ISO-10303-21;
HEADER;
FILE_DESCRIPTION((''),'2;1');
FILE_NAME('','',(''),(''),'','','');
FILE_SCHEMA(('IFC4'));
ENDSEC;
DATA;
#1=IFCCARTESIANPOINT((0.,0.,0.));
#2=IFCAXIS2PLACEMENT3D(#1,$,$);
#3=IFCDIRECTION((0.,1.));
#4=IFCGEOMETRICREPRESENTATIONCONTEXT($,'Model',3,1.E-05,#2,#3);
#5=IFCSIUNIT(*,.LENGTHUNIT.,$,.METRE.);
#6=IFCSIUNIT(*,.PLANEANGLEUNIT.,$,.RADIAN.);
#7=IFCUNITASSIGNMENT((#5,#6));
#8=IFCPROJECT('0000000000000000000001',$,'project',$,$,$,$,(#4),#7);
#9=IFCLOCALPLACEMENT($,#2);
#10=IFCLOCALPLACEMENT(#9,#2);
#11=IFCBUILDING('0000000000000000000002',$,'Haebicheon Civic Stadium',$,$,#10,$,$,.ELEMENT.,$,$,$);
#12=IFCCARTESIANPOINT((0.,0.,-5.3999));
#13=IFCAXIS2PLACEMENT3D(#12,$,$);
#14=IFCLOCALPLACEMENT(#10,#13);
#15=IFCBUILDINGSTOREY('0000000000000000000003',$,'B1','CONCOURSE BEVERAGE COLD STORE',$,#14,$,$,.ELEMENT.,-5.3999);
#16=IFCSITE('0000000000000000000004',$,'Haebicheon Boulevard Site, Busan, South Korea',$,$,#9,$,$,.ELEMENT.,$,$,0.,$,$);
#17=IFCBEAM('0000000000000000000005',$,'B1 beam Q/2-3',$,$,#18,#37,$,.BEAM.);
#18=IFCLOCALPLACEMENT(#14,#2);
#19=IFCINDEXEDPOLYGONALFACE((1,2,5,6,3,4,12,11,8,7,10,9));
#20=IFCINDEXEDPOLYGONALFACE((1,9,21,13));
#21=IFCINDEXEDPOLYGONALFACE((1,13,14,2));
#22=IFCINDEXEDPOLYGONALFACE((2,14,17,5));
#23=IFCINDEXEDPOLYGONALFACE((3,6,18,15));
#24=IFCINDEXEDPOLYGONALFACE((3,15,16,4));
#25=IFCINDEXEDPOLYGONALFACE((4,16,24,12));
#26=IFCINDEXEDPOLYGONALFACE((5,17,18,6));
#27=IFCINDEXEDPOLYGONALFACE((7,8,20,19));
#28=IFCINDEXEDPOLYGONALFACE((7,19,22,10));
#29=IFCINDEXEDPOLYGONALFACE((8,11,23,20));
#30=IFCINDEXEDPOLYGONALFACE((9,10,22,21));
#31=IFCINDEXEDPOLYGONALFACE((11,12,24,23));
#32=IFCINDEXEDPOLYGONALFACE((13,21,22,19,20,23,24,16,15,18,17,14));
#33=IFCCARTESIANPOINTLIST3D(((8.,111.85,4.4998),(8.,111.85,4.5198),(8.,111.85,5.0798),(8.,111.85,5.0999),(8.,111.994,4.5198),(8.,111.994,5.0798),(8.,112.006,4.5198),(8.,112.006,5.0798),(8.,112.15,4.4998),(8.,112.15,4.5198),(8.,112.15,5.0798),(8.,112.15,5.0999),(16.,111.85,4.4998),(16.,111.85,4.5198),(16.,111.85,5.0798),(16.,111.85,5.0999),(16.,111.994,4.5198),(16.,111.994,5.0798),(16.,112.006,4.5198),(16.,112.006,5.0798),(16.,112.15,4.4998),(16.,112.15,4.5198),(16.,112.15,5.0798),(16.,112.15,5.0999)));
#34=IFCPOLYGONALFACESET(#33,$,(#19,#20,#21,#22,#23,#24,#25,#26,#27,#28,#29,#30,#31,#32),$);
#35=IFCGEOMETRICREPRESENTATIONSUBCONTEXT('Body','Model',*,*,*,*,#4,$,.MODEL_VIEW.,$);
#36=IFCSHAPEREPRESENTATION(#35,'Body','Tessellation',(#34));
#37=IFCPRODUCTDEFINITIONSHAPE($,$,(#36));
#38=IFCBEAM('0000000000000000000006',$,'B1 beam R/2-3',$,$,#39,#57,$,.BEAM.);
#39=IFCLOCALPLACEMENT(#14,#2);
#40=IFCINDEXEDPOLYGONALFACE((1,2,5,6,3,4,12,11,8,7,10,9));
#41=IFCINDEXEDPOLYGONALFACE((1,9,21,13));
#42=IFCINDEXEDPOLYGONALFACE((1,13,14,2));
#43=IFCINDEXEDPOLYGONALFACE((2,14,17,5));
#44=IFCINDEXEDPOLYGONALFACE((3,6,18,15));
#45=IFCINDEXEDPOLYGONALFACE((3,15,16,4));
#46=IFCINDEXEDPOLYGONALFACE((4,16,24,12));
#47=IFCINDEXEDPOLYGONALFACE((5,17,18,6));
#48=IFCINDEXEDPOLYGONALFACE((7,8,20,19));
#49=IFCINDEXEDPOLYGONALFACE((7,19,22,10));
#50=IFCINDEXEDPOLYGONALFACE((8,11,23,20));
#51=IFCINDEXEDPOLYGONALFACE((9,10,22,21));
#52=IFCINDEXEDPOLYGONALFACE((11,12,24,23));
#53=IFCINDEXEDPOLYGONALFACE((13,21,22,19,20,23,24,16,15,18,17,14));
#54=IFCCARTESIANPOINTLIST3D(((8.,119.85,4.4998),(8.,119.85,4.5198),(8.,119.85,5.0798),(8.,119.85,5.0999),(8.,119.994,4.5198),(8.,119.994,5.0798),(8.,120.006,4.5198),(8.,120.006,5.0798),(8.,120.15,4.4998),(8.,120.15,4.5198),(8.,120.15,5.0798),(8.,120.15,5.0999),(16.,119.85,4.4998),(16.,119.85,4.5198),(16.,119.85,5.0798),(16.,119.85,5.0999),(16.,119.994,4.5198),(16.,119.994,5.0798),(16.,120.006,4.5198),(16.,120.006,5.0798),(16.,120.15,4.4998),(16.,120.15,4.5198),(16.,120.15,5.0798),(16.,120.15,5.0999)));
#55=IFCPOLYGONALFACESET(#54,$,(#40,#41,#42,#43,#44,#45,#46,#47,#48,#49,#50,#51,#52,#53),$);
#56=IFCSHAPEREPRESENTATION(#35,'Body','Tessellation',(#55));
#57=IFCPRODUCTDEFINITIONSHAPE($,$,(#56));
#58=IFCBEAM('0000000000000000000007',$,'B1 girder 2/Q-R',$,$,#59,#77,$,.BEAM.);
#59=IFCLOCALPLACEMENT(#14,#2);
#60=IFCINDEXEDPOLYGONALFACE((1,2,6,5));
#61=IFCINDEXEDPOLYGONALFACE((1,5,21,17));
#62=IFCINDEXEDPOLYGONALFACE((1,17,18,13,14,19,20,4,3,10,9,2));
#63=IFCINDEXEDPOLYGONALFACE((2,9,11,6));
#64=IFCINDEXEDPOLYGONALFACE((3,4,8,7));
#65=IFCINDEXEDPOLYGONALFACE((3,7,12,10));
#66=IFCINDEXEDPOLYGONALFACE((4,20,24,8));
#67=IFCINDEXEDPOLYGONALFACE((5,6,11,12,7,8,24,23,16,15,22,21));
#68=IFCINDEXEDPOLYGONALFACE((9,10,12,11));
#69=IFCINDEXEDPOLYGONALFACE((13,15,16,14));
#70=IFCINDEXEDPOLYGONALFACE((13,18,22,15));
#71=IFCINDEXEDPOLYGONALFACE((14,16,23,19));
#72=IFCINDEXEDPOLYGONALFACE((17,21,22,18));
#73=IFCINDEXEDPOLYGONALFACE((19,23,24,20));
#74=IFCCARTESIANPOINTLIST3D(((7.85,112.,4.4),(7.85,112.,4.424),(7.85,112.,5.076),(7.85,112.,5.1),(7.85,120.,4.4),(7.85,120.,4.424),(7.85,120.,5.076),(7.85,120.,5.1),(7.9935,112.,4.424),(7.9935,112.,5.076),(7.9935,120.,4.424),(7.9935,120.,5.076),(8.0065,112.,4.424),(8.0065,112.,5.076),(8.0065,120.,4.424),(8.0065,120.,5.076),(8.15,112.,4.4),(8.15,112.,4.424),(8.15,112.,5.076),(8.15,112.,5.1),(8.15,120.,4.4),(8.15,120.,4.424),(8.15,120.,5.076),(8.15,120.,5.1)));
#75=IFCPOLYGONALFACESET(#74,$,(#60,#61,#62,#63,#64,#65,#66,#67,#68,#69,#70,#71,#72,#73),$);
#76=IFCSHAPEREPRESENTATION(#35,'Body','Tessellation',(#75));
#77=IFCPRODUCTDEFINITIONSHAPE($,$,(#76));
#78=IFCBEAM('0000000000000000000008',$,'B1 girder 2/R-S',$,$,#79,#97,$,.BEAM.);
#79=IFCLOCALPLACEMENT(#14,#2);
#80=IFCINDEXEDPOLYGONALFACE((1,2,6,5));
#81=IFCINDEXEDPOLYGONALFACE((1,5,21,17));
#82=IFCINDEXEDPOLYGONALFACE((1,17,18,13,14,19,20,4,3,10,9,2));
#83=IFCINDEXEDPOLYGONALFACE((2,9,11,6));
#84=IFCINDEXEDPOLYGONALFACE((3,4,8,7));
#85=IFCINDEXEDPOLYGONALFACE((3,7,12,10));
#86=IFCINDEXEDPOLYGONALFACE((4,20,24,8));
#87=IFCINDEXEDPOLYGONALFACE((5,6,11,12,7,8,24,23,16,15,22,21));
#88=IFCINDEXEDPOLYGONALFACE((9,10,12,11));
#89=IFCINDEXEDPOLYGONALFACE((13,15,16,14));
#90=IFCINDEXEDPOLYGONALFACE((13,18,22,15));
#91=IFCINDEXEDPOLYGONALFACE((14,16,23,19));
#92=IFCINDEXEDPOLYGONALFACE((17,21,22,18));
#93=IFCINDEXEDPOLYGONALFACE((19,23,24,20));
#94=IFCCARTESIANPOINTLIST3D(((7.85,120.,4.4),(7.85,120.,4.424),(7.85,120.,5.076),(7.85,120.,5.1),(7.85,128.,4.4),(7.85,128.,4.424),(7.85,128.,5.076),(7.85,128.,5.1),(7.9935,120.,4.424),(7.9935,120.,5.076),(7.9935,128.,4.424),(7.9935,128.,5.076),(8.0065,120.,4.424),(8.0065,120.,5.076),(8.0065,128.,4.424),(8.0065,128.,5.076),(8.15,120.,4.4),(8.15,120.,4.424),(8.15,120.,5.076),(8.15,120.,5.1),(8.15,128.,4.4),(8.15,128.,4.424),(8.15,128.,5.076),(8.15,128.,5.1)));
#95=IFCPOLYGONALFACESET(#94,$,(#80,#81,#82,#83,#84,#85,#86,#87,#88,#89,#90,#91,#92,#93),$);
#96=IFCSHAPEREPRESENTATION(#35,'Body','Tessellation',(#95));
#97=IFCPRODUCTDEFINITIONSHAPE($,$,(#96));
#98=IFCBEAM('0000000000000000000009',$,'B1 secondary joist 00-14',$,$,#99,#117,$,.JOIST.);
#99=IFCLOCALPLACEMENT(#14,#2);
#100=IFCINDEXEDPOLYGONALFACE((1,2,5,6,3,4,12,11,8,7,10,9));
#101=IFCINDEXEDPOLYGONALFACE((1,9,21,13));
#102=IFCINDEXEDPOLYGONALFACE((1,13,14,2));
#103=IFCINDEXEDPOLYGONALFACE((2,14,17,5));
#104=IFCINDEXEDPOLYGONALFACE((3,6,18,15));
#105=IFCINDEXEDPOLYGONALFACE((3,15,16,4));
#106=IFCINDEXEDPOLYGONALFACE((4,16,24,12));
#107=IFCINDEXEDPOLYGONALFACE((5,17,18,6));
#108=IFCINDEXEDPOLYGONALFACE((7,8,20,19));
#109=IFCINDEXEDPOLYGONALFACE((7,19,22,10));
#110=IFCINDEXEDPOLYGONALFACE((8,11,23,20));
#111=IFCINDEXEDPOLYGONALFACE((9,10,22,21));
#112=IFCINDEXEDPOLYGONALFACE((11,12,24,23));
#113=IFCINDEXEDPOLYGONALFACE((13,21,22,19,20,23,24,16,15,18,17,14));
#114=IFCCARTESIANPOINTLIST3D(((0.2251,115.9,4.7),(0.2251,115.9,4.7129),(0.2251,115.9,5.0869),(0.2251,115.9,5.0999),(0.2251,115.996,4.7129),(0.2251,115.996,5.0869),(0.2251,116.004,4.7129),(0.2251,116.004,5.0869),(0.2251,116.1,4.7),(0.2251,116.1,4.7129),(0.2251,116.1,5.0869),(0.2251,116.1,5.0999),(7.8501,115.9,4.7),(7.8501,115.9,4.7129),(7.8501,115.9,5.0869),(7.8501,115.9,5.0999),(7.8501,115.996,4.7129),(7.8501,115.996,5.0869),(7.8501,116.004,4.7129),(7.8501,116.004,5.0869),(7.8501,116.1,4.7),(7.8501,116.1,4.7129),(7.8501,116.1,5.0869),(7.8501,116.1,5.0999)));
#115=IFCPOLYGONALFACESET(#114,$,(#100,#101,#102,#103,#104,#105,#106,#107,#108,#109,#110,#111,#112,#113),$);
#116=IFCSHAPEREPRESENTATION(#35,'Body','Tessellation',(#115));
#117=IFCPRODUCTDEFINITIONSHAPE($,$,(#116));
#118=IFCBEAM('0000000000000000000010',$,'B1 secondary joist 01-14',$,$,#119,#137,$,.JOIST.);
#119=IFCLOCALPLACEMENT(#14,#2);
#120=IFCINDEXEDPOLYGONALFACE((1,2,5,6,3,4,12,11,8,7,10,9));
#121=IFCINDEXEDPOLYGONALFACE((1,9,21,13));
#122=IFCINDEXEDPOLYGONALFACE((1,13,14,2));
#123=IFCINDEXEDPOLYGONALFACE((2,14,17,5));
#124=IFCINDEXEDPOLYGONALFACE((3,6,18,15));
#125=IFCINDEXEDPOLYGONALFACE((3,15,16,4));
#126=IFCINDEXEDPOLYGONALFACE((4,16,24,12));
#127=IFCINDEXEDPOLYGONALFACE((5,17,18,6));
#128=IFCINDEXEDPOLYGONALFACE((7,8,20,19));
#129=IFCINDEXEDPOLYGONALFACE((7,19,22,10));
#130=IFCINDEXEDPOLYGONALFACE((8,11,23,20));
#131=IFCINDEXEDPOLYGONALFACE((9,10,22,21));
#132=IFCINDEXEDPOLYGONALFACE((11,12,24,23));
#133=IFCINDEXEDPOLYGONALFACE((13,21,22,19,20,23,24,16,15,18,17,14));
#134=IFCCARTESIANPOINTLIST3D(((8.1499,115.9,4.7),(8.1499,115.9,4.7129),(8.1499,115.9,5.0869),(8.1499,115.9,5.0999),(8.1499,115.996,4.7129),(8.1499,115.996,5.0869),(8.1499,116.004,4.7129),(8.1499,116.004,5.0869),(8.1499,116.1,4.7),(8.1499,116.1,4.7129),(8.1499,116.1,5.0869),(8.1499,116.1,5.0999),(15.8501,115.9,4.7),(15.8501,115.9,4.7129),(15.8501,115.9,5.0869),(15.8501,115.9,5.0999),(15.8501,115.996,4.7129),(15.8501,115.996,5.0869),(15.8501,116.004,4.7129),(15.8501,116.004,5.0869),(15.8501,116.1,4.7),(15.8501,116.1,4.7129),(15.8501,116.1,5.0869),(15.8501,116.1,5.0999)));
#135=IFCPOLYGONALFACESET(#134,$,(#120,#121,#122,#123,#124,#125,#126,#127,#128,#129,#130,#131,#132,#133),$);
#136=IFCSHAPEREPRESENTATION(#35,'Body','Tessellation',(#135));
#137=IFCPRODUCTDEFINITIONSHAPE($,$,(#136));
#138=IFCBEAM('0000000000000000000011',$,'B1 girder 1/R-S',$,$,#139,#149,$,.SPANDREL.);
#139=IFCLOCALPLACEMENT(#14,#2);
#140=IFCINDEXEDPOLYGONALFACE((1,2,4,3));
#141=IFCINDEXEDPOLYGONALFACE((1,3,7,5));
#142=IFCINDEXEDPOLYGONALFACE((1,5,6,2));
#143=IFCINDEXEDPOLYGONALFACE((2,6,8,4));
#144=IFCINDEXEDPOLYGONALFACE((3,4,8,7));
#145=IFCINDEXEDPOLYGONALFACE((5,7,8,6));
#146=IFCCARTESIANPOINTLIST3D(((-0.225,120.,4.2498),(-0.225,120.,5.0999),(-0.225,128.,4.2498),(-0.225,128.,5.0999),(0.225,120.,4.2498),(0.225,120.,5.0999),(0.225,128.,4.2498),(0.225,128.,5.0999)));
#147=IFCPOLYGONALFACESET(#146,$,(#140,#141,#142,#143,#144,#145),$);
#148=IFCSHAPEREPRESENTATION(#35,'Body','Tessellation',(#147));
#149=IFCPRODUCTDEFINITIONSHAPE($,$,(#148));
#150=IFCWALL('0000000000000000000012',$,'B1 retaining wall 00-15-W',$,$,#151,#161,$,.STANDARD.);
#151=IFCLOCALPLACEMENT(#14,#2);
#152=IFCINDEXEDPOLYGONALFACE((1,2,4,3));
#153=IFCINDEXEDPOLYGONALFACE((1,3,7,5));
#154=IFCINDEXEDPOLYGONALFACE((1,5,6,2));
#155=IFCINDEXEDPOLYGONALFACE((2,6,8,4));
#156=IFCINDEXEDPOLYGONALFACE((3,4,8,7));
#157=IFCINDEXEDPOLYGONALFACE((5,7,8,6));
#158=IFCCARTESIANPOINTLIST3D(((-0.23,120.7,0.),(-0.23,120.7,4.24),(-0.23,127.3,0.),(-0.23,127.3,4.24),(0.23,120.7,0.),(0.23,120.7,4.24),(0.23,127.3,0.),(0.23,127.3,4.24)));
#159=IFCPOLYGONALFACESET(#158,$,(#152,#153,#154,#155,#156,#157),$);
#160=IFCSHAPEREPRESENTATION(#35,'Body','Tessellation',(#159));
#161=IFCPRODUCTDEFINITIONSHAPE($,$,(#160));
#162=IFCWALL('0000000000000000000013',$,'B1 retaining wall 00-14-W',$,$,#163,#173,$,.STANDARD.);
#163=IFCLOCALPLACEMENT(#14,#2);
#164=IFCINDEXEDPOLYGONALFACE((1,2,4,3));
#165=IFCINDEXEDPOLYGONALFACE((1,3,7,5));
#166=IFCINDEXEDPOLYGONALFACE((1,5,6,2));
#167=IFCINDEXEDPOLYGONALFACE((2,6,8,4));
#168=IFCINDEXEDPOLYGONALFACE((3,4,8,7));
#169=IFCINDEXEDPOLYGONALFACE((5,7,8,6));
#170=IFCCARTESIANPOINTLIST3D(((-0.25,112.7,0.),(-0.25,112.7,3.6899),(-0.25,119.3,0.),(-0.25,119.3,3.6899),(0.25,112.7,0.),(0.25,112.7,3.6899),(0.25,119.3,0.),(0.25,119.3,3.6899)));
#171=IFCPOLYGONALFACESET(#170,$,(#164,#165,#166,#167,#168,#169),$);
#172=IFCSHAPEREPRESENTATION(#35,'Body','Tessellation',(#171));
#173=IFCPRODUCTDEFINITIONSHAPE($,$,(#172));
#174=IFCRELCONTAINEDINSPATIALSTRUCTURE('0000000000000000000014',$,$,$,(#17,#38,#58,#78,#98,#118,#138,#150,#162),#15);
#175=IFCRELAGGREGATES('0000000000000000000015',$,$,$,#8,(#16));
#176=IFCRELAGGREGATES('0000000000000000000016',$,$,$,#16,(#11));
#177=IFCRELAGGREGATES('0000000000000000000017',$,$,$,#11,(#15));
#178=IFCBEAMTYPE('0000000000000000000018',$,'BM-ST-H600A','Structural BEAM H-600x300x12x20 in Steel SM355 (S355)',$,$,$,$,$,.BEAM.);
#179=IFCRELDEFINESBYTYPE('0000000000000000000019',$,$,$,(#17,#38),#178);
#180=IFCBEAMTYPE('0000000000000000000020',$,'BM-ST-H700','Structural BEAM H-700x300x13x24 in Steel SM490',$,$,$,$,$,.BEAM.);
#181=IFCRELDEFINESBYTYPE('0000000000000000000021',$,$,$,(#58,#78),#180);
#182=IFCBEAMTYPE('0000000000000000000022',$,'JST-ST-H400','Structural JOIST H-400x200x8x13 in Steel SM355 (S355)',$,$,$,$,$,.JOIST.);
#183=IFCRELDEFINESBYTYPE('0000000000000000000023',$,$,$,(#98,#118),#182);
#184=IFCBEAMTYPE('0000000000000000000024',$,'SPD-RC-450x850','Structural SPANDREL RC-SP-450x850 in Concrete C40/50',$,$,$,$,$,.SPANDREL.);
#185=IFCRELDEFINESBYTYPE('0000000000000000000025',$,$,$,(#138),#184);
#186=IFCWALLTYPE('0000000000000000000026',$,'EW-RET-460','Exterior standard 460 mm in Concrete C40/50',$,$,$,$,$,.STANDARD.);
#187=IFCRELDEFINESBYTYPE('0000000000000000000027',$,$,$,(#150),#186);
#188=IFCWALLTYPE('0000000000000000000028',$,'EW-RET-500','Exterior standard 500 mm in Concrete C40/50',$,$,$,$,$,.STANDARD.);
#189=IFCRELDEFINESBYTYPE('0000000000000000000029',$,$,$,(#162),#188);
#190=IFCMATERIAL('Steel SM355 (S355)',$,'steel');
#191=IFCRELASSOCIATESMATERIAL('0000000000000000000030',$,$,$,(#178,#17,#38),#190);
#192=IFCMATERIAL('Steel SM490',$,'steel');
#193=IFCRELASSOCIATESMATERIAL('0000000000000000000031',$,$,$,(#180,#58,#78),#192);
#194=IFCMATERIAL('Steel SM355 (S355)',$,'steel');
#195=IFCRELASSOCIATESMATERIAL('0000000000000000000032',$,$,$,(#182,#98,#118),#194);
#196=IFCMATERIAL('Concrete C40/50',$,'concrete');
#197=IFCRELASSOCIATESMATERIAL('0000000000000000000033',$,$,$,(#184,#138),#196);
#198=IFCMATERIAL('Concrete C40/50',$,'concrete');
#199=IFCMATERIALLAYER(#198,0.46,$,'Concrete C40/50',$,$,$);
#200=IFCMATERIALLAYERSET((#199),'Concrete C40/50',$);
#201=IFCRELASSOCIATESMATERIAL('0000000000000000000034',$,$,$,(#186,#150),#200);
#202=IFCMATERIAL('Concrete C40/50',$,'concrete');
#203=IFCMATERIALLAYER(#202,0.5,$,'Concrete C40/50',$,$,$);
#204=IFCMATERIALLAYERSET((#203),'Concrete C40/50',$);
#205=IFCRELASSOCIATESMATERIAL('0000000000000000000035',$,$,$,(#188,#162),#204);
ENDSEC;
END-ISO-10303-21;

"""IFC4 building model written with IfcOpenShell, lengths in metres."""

from ifc_helpers import new_model, si_unit, direction, frame, frame_2d, origin, origin_2d, place, context, subcontext, project, spatial, rectangle, i_section, extrude, material, layer, layer_set, material_profile, profile_set, type_object, element, save


model = new_model("IFC4")

# Units and contexts
model_context = context("Model", 3, precision=1e-05, world=origin(), true_north=direction((0.0, 1.0)))
body_context = subcontext(model_context, "Body", "Model", "MODEL_VIEW")
ifc_project = project(units=[si_unit("LENGTHUNIT", "METRE"), si_unit("PLANEANGLEUNIT", "RADIAN")], contexts=[model_context])

# Site, building, storey
site_placement = place(None, origin())
site = spatial("IfcSite", under=ifc_project, at=site_placement, Name="Haebicheon Boulevard Site, Busan, South Korea", CompositionType="ELEMENT", RefElevation=0.0)
building_placement = place(site_placement, origin())
building = spatial("IfcBuilding", under=site, at=building_placement, Name="Haebicheon Civic Stadium", CompositionType="ELEMENT")
storey_placement = place(building_placement, frame((0.0, 0.0, -5.3999)))
storey = spatial("IfcBuildingStorey", under=building, at=storey_placement, Name="B1", Description="CONCOURSE BEVERAGE COLD STORE", CompositionType="ELEMENT", Elevation=-5.3999)

# Beams
ifc_material_1 = material(Name="Steel SM355 (S355)", Category="steel")
ifc_material_profile_1 = material_profile(ifc_material_1, i_section(OverallWidth=0.3, OverallDepth=0.6001, WebThickness=0.012, FlangeThickness=0.02, at=origin_2d()), Name="H-600x300x12x20")
ifc_profile_set_1 = profile_set([ifc_material_profile_1], Name="Steel SM355 (S355)")
beam_type_1 = type_object("IfcBeamType", Name="BM-ST-H600A", Description="Structural BEAM H-600x300x12x20 in Steel SM355 (S355)", PredefinedType="BEAM", material=ifc_profile_set_1)
for number, where, z_axis, x_axis, name in (
    (1, (8.0, 112.0, 4.7998), (1.0, 0.0, 0.0), (0.0, 1.0, 0.0), "B1 beam Q/2-3"),
    (2, (8.0, 120.0, 4.7998), (1.0, 0.0, 0.0), (0.0, 1.0, 0.0), "B1 beam R/2-3"),
):
    element("IfcBeam", number, at=place(storey_placement, frame(where, z_axis=z_axis, x_axis=x_axis)), inside=storey, type_object=beam_type_1, material=ifc_profile_set_1, Name=name, PredefinedType="BEAM", context=body_context, shape_type="SweptSolid", body=[
        extrude(i_section(OverallWidth=0.3, OverallDepth=0.6001, WebThickness=0.012, FlangeThickness=0.02, at=origin_2d()), origin(), (0.0, 0.0, 1.0), 8.0),
    ])
ifc_material_2 = material(Name="Steel SM490", Category="steel")
ifc_material_profile_2 = material_profile(ifc_material_2, i_section(OverallWidth=0.3, OverallDepth=0.7, WebThickness=0.0129, FlangeThickness=0.0239, at=origin_2d()), Name="H-700x300x13x24")
ifc_profile_set_2 = profile_set([ifc_material_profile_2], Name="Steel SM490")
beam_type_2 = type_object("IfcBeamType", Name="BM-ST-H700", Description="Structural BEAM H-700x300x13x24 in Steel SM490", PredefinedType="BEAM", material=ifc_profile_set_2)
for number, where, z_axis, x_axis, name in (
    (3, (8.0, 112.0, 4.75), (0.0, 1.0, 0.0), (-1.0, 0.0, 0.0), "B1 girder 2/Q-R"),
    (4, (8.0, 120.0, 4.75), (0.0, 1.0, 0.0), (-1.0, 0.0, 0.0), "B1 girder 2/R-S"),
):
    element("IfcBeam", number, at=place(storey_placement, frame(where, z_axis=z_axis, x_axis=x_axis)), inside=storey, type_object=beam_type_2, material=ifc_profile_set_2, Name=name, PredefinedType="BEAM", context=body_context, shape_type="SweptSolid", body=[
        extrude(i_section(OverallWidth=0.3, OverallDepth=0.7, WebThickness=0.0129, FlangeThickness=0.0239, at=origin_2d()), origin(), (0.0, 0.0, 1.0), 8.0),
    ])
ifc_material_3 = material(Name="Steel SM355 (S355)", Category="steel")
ifc_material_profile_3 = material_profile(ifc_material_3, i_section(OverallWidth=0.2, OverallDepth=0.3999, WebThickness=0.0081, FlangeThickness=0.0129, at=origin_2d()), Name="H-400x200x8x13")
ifc_profile_set_3 = profile_set([ifc_material_profile_3], Name="Steel SM355 (S355)")
beam_type_3 = type_object("IfcBeamType", Name="JST-ST-H400", Description="Structural JOIST H-400x200x8x13 in Steel SM355 (S355)", PredefinedType="JOIST", material=ifc_profile_set_3)
beam_1_placement = place(storey_placement, frame((0.2251, 116.0, 4.8999), z_axis=(1.0, 0.0, 0.0), x_axis=(0.0, 1.0, 0.0)))
element("IfcBeam", 5, at=beam_1_placement, inside=storey, type_object=beam_type_3, material=ifc_profile_set_3, Name="B1 secondary joist 00-14", PredefinedType="JOIST", context=body_context, shape_type="SweptSolid", body=[
    extrude(i_section(OverallWidth=0.2, OverallDepth=0.3999, WebThickness=0.0081, FlangeThickness=0.0129, at=origin_2d()), origin(), (0.0, 0.0, 1.0), 7.625),
])
beam_2_placement = place(storey_placement, frame((8.1499, 116.0, 4.8999), z_axis=(1.0, 0.0, 0.0), x_axis=(0.0, 1.0, 0.0)))
element("IfcBeam", 6, at=beam_2_placement, inside=storey, type_object=beam_type_3, material=ifc_profile_set_3, Name="B1 secondary joist 01-14", PredefinedType="JOIST", context=body_context, shape_type="SweptSolid", body=[
    extrude(i_section(OverallWidth=0.2, OverallDepth=0.3999, WebThickness=0.0081, FlangeThickness=0.0129, at=origin_2d()), origin(), (0.0, 0.0, 1.0), 7.7002),
])
ifc_material_4 = material(Name="Concrete C40/50", Category="concrete")
ifc_material_profile_4 = material_profile(ifc_material_4, rectangle(XDim=0.45, YDim=0.8501, at=origin_2d()), Name="RC-SP-450x850")
ifc_profile_set_4 = profile_set([ifc_material_profile_4], Name="Concrete C40/50")
beam_type_4 = type_object("IfcBeamType", Name="SPD-RC-450x850", Description="Structural SPANDREL RC-SP-450x850 in Concrete C40/50", PredefinedType="SPANDREL", material=ifc_profile_set_4)
beam_3_placement = place(storey_placement, frame((0.0, 120.0, 4.6748), z_axis=(0.0, 1.0, 0.0), x_axis=(-1.0, 0.0, 0.0)))
element("IfcBeam", 7, at=beam_3_placement, inside=storey, type_object=beam_type_4, material=ifc_profile_set_4, Name="B1 girder 1/R-S", PredefinedType="SPANDREL", context=body_context, shape_type="SweptSolid", body=[
    extrude(rectangle(XDim=0.45, YDim=0.8501, at=origin_2d()), origin(), (0.0, 0.0, 1.0), 8.0),
])

# Walls
ifc_material_5 = material(Name="Concrete C40/50", Category="concrete")
ifc_layer_1 = layer(ifc_material_5, 0.46, Name="Concrete C40/50")
ifc_layer_set_1 = layer_set([ifc_layer_1], Name="Concrete C40/50")
wall_type_1 = type_object("IfcWallType", Name="EW-RET-460", Description="Exterior standard 460 mm in Concrete C40/50", PredefinedType="STANDARD", material=ifc_layer_set_1)
wall_1_placement = place(storey_placement, frame((0.0, 120.7, 0.0), z_axis=(0.0, 0.0, 1.0), x_axis=(0.0, 1.0, 0.0)))
element("IfcWall", 8, at=wall_1_placement, inside=storey, type_object=wall_type_1, material=ifc_layer_set_1, Name="B1 retaining wall 00-15-W", PredefinedType="STANDARD", context=body_context, shape_type="SweptSolid", body=[
    extrude(rectangle(XDim=6.6001, YDim=0.46, at=frame_2d((3.3, 0.0))), origin(), (0.0, 0.0, 1.0), 4.24),
])
ifc_material_6 = material(Name="Concrete C40/50", Category="concrete")
ifc_layer_2 = layer(ifc_material_6, 0.5, Name="Concrete C40/50")
ifc_layer_set_2 = layer_set([ifc_layer_2], Name="Concrete C40/50")
wall_type_2 = type_object("IfcWallType", Name="EW-RET-500", Description="Exterior standard 500 mm in Concrete C40/50", PredefinedType="STANDARD", material=ifc_layer_set_2)
wall_2_placement = place(storey_placement, frame((0.0, 112.7, 0.0), z_axis=(0.0, 0.0, 1.0), x_axis=(0.0, 1.0, 0.0)))
element("IfcWall", 9, at=wall_2_placement, inside=storey, type_object=wall_type_2, material=ifc_layer_set_2, Name="B1 retaining wall 00-14-W", PredefinedType="STANDARD", context=body_context, shape_type="SweptSolid", body=[
    extrude(rectangle(XDim=6.6001, YDim=0.5, at=frame_2d((3.3, 0.0))), origin(), (0.0, 0.0, 1.0), 3.6899),
])

save(model, "model.ifc")
